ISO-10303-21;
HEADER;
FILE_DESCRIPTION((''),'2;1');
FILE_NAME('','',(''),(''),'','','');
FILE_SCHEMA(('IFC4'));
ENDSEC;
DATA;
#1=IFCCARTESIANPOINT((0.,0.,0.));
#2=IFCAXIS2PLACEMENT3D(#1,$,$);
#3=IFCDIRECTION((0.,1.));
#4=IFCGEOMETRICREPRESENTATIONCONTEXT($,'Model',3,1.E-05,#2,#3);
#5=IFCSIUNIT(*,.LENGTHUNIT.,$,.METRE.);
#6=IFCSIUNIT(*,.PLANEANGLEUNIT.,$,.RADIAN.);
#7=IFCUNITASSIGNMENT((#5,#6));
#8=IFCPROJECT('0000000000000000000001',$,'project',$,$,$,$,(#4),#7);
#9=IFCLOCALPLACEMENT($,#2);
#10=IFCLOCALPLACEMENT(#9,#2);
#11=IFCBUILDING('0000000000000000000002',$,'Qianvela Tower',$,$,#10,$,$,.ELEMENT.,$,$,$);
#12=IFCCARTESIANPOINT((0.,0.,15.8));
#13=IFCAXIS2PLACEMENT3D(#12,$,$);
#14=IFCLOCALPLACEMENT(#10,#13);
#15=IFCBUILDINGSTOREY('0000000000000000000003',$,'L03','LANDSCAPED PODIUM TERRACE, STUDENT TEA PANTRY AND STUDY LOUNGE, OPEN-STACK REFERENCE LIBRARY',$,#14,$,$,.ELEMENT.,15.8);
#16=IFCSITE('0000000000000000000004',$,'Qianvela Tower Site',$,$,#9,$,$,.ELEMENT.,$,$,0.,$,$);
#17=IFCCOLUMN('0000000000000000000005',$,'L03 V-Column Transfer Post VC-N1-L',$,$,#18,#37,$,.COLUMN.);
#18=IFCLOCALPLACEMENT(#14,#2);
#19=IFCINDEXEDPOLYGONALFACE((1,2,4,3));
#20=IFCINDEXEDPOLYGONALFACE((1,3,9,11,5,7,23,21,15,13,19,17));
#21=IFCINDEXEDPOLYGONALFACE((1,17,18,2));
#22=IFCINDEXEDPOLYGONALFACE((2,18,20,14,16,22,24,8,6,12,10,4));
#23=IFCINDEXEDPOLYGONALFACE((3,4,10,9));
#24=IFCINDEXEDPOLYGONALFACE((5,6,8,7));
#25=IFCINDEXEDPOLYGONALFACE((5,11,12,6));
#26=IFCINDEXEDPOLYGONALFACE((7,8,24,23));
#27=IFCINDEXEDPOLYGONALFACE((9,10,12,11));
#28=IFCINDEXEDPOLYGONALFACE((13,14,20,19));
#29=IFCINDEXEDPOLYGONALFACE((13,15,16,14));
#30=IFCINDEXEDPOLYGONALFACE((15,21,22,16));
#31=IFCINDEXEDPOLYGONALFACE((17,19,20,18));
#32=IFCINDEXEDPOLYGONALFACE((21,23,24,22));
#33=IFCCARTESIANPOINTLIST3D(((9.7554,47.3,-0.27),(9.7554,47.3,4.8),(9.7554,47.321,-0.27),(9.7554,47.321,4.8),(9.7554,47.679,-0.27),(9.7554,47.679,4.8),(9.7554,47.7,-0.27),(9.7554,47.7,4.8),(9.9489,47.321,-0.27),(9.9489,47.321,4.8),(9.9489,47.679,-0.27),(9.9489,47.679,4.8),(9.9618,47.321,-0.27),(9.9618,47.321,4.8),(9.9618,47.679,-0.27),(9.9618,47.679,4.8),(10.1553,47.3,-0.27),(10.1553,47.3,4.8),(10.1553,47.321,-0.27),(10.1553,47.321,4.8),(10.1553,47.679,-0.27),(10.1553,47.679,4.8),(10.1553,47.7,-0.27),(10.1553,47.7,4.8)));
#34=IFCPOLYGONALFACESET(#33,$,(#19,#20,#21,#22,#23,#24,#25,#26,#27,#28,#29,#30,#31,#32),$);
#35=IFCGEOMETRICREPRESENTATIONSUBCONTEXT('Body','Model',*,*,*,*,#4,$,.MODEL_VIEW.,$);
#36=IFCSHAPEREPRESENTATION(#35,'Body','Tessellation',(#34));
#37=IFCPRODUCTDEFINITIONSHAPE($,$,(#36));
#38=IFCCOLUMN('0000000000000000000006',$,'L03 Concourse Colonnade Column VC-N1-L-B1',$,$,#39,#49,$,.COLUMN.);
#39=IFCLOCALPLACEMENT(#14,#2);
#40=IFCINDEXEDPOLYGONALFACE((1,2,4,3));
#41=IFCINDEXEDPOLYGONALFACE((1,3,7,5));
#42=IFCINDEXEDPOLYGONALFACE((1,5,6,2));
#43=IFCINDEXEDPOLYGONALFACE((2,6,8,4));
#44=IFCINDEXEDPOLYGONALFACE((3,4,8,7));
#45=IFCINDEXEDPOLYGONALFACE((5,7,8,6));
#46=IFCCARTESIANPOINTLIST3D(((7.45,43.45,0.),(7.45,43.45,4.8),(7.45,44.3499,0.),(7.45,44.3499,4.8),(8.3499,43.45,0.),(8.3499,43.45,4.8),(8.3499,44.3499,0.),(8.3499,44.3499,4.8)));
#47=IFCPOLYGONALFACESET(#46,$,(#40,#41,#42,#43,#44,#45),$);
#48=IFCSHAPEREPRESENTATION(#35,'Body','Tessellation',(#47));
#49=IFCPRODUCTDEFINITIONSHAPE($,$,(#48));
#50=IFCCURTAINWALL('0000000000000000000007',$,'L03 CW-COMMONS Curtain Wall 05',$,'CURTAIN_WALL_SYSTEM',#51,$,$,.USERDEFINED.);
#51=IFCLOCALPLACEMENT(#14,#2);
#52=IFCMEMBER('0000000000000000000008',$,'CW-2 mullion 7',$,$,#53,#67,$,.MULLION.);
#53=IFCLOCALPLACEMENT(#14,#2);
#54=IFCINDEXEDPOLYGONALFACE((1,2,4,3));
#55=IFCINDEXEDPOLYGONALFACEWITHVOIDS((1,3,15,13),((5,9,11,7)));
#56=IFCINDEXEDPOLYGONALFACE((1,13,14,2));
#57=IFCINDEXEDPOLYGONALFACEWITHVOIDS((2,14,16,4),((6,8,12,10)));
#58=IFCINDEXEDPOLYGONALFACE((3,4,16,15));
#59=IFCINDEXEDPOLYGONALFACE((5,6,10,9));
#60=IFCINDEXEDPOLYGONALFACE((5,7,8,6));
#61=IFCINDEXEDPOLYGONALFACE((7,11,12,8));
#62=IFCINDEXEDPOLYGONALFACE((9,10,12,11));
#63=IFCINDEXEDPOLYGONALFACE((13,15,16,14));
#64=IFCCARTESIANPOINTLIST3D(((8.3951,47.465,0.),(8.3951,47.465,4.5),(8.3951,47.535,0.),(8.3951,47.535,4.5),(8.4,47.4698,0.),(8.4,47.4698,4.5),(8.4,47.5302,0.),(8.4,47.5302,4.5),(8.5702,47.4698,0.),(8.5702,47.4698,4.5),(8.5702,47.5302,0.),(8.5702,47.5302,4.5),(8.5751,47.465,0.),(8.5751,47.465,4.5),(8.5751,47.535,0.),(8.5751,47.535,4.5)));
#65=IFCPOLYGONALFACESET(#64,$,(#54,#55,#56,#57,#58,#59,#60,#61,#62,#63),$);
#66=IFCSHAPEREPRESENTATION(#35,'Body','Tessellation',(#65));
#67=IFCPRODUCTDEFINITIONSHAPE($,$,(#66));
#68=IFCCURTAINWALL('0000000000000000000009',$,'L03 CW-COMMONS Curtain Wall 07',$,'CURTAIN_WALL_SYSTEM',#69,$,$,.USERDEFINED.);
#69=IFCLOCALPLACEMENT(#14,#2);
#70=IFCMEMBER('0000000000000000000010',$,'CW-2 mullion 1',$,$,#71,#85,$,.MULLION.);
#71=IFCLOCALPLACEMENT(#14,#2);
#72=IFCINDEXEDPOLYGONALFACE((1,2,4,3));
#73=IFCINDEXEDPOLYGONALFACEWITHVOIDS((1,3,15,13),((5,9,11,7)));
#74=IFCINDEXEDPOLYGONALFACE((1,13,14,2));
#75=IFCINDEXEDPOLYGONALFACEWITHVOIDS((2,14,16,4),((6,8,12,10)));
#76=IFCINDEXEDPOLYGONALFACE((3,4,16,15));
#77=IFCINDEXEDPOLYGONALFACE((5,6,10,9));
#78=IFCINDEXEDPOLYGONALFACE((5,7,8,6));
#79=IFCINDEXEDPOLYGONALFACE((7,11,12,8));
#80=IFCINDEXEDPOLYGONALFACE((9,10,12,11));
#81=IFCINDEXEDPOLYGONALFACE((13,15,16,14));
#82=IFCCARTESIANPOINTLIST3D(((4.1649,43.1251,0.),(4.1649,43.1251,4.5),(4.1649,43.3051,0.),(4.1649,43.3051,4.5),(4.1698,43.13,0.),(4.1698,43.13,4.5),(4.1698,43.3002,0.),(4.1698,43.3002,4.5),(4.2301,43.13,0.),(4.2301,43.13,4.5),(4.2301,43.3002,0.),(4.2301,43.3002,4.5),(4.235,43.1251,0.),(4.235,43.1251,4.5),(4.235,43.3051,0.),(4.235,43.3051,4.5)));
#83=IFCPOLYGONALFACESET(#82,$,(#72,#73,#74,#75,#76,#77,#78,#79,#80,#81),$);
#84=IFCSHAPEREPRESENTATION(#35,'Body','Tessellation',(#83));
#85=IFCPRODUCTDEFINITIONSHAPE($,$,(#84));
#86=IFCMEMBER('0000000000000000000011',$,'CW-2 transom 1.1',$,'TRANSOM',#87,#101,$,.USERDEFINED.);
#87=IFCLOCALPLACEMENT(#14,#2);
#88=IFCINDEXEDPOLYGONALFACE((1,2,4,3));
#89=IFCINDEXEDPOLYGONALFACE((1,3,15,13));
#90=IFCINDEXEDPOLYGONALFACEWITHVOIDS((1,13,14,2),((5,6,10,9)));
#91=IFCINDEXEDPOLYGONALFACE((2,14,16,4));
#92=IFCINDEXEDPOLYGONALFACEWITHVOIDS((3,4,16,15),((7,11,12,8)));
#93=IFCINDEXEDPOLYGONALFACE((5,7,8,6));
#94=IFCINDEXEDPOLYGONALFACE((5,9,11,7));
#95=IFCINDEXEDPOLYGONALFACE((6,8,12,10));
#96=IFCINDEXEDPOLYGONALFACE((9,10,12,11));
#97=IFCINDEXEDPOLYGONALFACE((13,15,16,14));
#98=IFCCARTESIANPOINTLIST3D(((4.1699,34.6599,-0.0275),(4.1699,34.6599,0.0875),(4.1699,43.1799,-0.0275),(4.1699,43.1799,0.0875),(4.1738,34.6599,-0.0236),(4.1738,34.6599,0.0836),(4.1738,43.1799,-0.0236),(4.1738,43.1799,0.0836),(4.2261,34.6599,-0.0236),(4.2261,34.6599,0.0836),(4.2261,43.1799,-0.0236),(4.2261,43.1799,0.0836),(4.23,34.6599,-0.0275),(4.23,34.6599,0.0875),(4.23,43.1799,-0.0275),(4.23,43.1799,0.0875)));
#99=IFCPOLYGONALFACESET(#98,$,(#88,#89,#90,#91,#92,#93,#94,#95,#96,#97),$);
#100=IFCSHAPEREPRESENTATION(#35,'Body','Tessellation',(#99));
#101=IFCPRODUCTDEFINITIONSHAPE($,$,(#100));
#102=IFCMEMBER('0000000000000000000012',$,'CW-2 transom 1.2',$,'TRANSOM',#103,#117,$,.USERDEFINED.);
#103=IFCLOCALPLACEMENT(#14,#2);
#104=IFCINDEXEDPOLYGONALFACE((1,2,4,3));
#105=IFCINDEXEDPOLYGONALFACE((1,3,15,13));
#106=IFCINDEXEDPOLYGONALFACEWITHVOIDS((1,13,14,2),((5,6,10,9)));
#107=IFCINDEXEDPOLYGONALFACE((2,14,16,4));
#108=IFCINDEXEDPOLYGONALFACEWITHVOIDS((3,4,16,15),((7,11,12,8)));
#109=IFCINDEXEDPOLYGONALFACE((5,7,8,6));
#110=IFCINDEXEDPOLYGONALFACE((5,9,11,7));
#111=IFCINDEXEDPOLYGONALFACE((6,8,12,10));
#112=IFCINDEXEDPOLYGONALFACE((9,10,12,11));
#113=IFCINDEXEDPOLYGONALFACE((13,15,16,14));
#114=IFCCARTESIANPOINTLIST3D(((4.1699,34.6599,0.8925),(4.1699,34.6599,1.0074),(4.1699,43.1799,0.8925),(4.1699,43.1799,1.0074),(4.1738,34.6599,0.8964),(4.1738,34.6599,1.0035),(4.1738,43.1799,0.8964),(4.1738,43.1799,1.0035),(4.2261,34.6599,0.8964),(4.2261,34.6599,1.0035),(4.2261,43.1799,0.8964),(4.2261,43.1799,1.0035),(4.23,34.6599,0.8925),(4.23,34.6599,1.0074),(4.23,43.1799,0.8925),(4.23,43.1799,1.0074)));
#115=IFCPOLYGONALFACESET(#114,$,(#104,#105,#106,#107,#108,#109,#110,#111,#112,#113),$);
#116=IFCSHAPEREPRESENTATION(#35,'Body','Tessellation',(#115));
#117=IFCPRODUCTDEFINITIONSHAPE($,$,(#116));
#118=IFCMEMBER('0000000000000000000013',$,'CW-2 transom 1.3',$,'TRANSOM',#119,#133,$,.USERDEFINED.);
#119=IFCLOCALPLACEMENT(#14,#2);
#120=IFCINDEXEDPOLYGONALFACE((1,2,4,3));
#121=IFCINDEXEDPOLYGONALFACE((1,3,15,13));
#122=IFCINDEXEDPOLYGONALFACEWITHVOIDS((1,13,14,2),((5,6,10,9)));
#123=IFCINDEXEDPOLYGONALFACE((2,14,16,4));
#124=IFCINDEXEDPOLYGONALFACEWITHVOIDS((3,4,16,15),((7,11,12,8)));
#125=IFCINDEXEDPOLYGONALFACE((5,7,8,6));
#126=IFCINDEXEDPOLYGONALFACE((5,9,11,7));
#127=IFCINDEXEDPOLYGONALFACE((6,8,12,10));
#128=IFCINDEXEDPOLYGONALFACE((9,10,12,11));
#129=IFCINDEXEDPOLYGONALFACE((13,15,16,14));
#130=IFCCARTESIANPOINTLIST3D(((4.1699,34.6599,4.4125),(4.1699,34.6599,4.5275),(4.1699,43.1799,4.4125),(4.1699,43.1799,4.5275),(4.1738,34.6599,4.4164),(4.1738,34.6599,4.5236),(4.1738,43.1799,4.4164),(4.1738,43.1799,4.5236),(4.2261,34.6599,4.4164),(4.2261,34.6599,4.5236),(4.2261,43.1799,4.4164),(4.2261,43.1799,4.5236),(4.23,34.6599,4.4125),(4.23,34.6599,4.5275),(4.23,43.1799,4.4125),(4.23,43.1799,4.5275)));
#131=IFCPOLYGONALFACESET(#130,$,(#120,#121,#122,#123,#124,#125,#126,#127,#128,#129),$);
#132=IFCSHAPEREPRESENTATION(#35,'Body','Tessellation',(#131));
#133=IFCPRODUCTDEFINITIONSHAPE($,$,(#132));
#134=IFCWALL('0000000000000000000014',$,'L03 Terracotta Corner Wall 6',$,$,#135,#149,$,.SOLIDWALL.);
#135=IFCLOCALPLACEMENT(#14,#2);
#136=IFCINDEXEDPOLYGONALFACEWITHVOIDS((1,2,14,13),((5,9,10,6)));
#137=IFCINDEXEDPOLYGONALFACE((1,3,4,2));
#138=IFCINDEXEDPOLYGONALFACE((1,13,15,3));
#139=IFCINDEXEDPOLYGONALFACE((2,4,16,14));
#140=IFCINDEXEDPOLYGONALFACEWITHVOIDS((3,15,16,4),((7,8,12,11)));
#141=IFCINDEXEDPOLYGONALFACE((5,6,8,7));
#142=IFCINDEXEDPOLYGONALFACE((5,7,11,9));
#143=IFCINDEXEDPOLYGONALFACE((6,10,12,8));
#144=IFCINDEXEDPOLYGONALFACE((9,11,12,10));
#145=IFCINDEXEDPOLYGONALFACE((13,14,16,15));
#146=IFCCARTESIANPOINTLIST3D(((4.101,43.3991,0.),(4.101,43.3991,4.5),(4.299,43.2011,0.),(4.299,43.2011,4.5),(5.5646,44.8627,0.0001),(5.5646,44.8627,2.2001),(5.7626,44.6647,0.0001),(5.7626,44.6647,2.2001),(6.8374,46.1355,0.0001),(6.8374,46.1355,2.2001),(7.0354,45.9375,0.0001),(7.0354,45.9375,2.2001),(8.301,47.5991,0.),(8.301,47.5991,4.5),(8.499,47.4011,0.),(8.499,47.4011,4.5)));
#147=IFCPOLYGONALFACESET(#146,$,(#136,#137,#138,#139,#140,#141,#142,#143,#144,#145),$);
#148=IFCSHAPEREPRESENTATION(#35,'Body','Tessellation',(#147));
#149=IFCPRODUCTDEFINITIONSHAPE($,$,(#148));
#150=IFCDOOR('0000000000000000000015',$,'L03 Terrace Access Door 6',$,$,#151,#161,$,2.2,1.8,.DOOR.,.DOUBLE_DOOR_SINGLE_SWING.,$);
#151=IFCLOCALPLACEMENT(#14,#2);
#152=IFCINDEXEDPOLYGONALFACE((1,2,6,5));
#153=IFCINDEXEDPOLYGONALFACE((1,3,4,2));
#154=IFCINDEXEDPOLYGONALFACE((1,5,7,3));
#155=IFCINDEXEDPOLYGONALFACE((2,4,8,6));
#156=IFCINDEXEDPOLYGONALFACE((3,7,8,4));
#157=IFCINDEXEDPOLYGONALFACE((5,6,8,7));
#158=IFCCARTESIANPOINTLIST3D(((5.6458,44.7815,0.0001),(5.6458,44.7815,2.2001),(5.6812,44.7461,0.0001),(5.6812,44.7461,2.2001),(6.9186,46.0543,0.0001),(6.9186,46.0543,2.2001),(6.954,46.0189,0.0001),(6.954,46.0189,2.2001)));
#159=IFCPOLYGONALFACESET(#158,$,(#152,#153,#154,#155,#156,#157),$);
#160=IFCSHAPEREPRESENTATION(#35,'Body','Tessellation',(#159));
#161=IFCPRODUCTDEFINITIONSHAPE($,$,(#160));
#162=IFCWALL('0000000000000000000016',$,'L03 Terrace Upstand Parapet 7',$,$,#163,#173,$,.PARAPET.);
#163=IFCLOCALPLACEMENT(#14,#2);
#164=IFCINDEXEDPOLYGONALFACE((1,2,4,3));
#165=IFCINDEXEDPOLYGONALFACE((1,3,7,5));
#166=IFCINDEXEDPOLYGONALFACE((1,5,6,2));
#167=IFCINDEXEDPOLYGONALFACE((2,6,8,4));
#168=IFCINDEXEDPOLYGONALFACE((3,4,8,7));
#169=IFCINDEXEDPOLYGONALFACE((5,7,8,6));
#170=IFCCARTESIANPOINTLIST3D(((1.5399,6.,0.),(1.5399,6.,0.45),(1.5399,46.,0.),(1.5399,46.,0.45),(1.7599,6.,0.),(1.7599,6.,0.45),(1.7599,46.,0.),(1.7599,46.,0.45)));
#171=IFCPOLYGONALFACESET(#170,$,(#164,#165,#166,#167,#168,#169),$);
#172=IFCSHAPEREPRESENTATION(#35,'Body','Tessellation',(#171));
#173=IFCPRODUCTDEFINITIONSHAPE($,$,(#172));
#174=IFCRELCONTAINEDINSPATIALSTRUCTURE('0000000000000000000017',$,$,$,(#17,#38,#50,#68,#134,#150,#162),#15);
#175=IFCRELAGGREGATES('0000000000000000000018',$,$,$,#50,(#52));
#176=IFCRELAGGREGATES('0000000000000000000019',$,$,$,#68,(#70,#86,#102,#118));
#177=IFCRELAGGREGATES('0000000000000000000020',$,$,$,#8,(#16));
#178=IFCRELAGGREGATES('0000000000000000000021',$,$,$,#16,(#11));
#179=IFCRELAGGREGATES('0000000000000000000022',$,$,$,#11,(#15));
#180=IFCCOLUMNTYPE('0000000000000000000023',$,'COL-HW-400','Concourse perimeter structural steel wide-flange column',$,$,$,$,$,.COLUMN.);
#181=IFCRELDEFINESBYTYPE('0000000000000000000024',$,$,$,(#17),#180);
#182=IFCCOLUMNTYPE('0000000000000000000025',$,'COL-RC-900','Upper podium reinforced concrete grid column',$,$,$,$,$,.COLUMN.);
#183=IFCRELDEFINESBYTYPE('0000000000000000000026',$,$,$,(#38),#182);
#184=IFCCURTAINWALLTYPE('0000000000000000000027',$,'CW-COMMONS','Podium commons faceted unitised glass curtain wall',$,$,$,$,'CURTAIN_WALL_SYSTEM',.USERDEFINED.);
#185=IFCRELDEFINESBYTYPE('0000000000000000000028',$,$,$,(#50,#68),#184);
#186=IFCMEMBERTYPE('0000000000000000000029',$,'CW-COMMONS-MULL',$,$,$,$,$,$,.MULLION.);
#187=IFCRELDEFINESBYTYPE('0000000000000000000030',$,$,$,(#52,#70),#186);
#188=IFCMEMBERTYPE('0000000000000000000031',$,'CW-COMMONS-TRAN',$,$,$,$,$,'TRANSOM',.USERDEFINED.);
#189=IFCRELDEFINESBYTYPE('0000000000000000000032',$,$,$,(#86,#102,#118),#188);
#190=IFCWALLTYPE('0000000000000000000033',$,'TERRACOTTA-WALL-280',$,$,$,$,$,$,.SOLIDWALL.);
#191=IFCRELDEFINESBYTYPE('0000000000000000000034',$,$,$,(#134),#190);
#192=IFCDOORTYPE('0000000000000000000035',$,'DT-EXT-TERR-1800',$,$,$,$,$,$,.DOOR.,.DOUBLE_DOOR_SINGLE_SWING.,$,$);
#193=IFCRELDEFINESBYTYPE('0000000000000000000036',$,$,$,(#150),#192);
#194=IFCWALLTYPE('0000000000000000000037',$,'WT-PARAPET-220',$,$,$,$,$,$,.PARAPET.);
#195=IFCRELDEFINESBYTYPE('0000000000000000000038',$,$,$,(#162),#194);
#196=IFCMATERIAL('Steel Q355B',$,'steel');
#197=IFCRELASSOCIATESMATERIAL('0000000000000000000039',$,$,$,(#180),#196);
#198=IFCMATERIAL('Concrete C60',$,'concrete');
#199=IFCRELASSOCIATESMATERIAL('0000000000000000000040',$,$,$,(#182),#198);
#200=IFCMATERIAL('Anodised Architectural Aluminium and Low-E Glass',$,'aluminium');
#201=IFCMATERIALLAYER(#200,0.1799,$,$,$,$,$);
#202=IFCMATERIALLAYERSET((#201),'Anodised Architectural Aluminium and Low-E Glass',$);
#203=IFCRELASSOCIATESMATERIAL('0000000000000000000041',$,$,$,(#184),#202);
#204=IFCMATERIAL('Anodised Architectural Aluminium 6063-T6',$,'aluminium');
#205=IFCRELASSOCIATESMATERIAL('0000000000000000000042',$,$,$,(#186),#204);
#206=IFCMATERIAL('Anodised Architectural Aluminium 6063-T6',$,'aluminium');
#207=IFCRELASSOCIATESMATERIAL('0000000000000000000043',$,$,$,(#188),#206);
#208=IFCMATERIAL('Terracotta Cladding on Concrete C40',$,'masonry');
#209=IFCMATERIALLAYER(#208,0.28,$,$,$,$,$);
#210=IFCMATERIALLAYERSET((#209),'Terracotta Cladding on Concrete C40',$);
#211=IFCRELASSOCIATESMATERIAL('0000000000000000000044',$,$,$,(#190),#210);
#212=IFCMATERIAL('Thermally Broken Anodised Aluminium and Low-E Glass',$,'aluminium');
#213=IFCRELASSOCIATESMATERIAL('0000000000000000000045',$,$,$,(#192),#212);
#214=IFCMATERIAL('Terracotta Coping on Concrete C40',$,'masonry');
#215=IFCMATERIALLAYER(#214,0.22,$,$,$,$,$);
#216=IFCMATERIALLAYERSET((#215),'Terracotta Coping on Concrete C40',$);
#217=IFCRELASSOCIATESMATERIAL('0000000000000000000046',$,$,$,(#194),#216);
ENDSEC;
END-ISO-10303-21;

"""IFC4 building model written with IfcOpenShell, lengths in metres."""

from ifc_helpers import new_model, si_unit, direction, frame, frame_2d, origin, origin_2d, place, context, subcontext, project, spatial, rectangle, hollow_rectangle, i_section, extrude, material, layer, layer_set, material_profile, profile_set, type_object, element, fill, aggregate, save


model = new_model("IFC4")

# Units and contexts
model_context = context("Model", 3, precision=1e-05, world=origin(), true_north=direction((0.0, 1.0)))
body_context = subcontext(model_context, "Body", "Model", "MODEL_VIEW")
ifc_project = project(units=[si_unit("LENGTHUNIT", "METRE"), si_unit("PLANEANGLEUNIT", "RADIAN")], contexts=[model_context])

# Site, building, storey
site_placement = place(None, origin())
site = spatial("IfcSite", under=ifc_project, at=site_placement, Name="Qianvela Tower Site", CompositionType="ELEMENT", RefElevation=0.0)
building_placement = place(site_placement, origin())
building = spatial("IfcBuilding", under=site, at=building_placement, Name="Qianvela Tower", CompositionType="ELEMENT")
storey_placement = place(building_placement, frame((0.0, 0.0, 15.8)))
storey = spatial("IfcBuildingStorey", under=building, at=storey_placement, Name="L03", Description="LANDSCAPED PODIUM TERRACE, STUDENT TEA PANTRY AND STUDY LOUNGE, OPEN-STACK REFERENCE LIBRARY", CompositionType="ELEMENT", Elevation=15.8)

# Columns
ifc_material_1 = material(Name="Steel Q355B", Category="steel")
ifc_material_profile_1 = material_profile(ifc_material_1, i_section(OverallWidth=0.3999, OverallDepth=0.3999, WebThickness=0.0129, FlangeThickness=0.021, at=origin_2d()), Name="HW400x400x13x21")
ifc_profile_set_1 = profile_set([ifc_material_profile_1], Name="Steel Q355B")
column_type_1 = type_object("IfcColumnType", Name="COL-HW-400", Description="Concourse perimeter structural steel wide-flange column", PredefinedType="COLUMN", material=ifc_profile_set_1)
column_1_placement = place(storey_placement, frame((9.9553, 47.5, -0.27), z_axis=(0.0, 0.0, 1.0), x_axis=(1.0, 0.0, 0.0)))
element("IfcColumn", 1, at=column_1_placement, inside=storey, type_object=column_type_1, Name="L03 V-Column Transfer Post VC-N1-L", PredefinedType="COLUMN", context=body_context, shape_type="SweptSolid", body=[
    extrude(i_section(OverallWidth=0.3999, OverallDepth=0.3999, WebThickness=0.0129, FlangeThickness=0.021, at=origin_2d()), origin(), (0.0, 0.0, 1.0), 5.0701),
])
ifc_material_2 = material(Name="Concrete C60", Category="concrete")
ifc_material_profile_2 = material_profile(ifc_material_2, rectangle(XDim=0.8999, YDim=0.8999, at=origin_2d()), Name="RC-COL-900x900")
ifc_profile_set_2 = profile_set([ifc_material_profile_2], Name="Concrete C60")
column_type_2 = type_object("IfcColumnType", Name="COL-RC-900", Description="Upper podium reinforced concrete grid column", PredefinedType="COLUMN", material=ifc_profile_set_2)
column_2_placement = place(storey_placement, frame((7.8999, 43.8999, 0.0), z_axis=(0.0, 0.0, 1.0), x_axis=(1.0, 0.0, 0.0)))
element("IfcColumn", 2, at=column_2_placement, inside=storey, type_object=column_type_2, Name="L03 Concourse Colonnade Column VC-N1-L-B1", PredefinedType="COLUMN", context=body_context, shape_type="SweptSolid", body=[
    extrude(rectangle(XDim=0.8999, YDim=0.8999, at=origin_2d()), origin(), (0.0, 0.0, 1.0), 4.8),
])

# Curtain wall, member
ifc_material_3 = material(Name="Anodised Architectural Aluminium and Low-E Glass", Category="aluminium")
ifc_layer_1 = layer(ifc_material_3, 0.1799)
ifc_layer_set_1 = layer_set([ifc_layer_1], Name="Anodised Architectural Aluminium and Low-E Glass")
curtain_wall_type = type_object("IfcCurtainWallType", Name="CW-COMMONS", Description="Podium commons faceted unitised glass curtain wall", ElementType="CURTAIN_WALL_SYSTEM", PredefinedType="USERDEFINED", material=ifc_layer_set_1)
curtain_wall_1_placement = place(storey_placement, origin())
curtain_wall_1 = element("IfcCurtainWall", 3, at=curtain_wall_1_placement, inside=storey, type_object=curtain_wall_type, Name="L03 CW-COMMONS Curtain Wall 05", ObjectType="CURTAIN_WALL_SYSTEM", PredefinedType="USERDEFINED")
ifc_material_4 = material(Name="Anodised Architectural Aluminium 6063-T6", Category="aluminium")
ifc_material_profile_3 = material_profile(ifc_material_4, hollow_rectangle(XDim=0.0701, YDim=0.1799, WallThickness=0.0049, at=origin_2d()), Name="ALU-MULL-70x180")
ifc_profile_set_3 = profile_set([ifc_material_profile_3], Name="Anodised Architectural Aluminium 6063-T6")
member_type_1 = type_object("IfcMemberType", Name="CW-COMMONS-MULL", PredefinedType="MULLION", material=ifc_profile_set_3)
member_1_placement = place(storey_placement, frame((8.4851, 47.5, 0.0), z_axis=(0.0, 0.0, 1.0), x_axis=(0.0, -1.0, 0.0)))
member_1 = element("IfcMember", 4, at=member_1_placement, type_object=member_type_1, Name="CW-2 mullion 7", PredefinedType="MULLION", context=body_context, shape_type="SweptSolid", body=[
    extrude(hollow_rectangle(XDim=0.0701, YDim=0.1799, WallThickness=0.0049, at=origin_2d()), origin(), (0.0, 0.0, 1.0), 4.5),
])
aggregate(curtain_wall_1, [member_1])

# Curtain wall, members
curtain_wall_2_placement = place(storey_placement, origin())
curtain_wall_2 = element("IfcCurtainWall", 5, at=curtain_wall_2_placement, inside=storey, type_object=curtain_wall_type, Name="L03 CW-COMMONS Curtain Wall 07", ObjectType="CURTAIN_WALL_SYSTEM", PredefinedType="USERDEFINED")
member_2_placement = place(storey_placement, frame((4.2, 43.2151, 0.0), z_axis=(0.0, 0.0, 1.0), x_axis=(1.0, 0.0, 0.0)))
member_2 = element("IfcMember", 6, at=member_2_placement, type_object=member_type_1, Name="CW-2 mullion 1", PredefinedType="MULLION", context=body_context, shape_type="SweptSolid", body=[
    extrude(hollow_rectangle(XDim=0.0701, YDim=0.1799, WallThickness=0.0049, at=origin_2d()), origin(), (0.0, 0.0, 1.0), 4.5),
])
ifc_material_5 = material(Name="Anodised Architectural Aluminium 6063-T6", Category="aluminium")
ifc_material_profile_4 = material_profile(ifc_material_5, hollow_rectangle(XDim=0.0601, YDim=0.115, WallThickness=0.0039, at=origin_2d()), Name="ALU-TRAN-60x115")
ifc_profile_set_4 = profile_set([ifc_material_profile_4], Name="Anodised Architectural Aluminium 6063-T6")
member_type_2 = type_object("IfcMemberType", Name="CW-COMMONS-TRAN", ElementType="TRANSOM", PredefinedType="USERDEFINED", material=ifc_profile_set_4)
member_3_placement = place(storey_placement, frame((4.2, 43.1799, 0.03), z_axis=(0.0, -1.0, 0.0), x_axis=(1.0, 0.0, 0.0)))
member_3 = element("IfcMember", 7, at=member_3_placement, type_object=member_type_2, Name="CW-2 transom 1.1", ObjectType="TRANSOM", PredefinedType="USERDEFINED", context=body_context, shape_type="SweptSolid", body=[
    extrude(hollow_rectangle(XDim=0.0601, YDim=0.115, WallThickness=0.0039, at=origin_2d()), origin(), (0.0, 0.0, 1.0), 8.52),
])
member_4_placement = place(storey_placement, frame((4.2, 43.1799, 0.95), z_axis=(0.0, -1.0, 0.0), x_axis=(1.0, 0.0, 0.0)))
member_4 = element("IfcMember", 8, at=member_4_placement, type_object=member_type_2, Name="CW-2 transom 1.2", ObjectType="TRANSOM", PredefinedType="USERDEFINED", context=body_context, shape_type="SweptSolid", body=[
    extrude(hollow_rectangle(XDim=0.0601, YDim=0.115, WallThickness=0.0039, at=origin_2d()), origin(), (0.0, 0.0, 1.0), 8.52),
])
member_5_placement = place(storey_placement, frame((4.2, 43.1799, 4.47), z_axis=(0.0, -1.0, 0.0), x_axis=(1.0, 0.0, 0.0)))
member_5 = element("IfcMember", 9, at=member_5_placement, type_object=member_type_2, Name="CW-2 transom 1.3", ObjectType="TRANSOM", PredefinedType="USERDEFINED", context=body_context, shape_type="SweptSolid", body=[
    extrude(hollow_rectangle(XDim=0.0601, YDim=0.115, WallThickness=0.0039, at=origin_2d()), origin(), (0.0, 0.0, 1.0), 8.52),
])
aggregate(curtain_wall_2, [member_2, member_3, member_4, member_5])

# Wall, opening, door
ifc_material_6 = material(Name="Terracotta Cladding on Concrete C40", Category="masonry")
ifc_layer_2 = layer(ifc_material_6, 0.28)
ifc_layer_set_2 = layer_set([ifc_layer_2], Name="Terracotta Cladding on Concrete C40")
wall_type_1 = type_object("IfcWallType", Name="TERRACOTTA-WALL-280", PredefinedType="SOLIDWALL", material=ifc_layer_set_2)
wall_1_placement = place(storey_placement, frame((8.3999, 47.5, 0.0), z_axis=(0.0, 0.0, 1.0), x_axis=(-0.707107, -0.707107, 0.0)))
wall_1 = element("IfcWall", 10, at=wall_1_placement, inside=storey, type_object=wall_type_1, Name="L03 Terracotta Corner Wall 6", PredefinedType="SOLIDWALL", context=body_context, shape_type="SweptSolid", body=[
    extrude(rectangle(XDim=5.9397, YDim=0.28, at=frame_2d((2.9697, 0.0))), origin(), (0.0, 0.0, 1.0), 4.5),
])
opening_1_placement = place(wall_1_placement, frame((2.0698, 0.0, 0.0)))
opening_1 = element("IfcOpeningElement", 11, at=opening_1_placement, cuts=wall_1, PredefinedType="OPENING", context=body_context, shape_type="SweptSolid", body=[
    extrude(rectangle(XDim=1.8, YDim=2.2, at=frame_2d((0.8999, 1.1001))), frame((0.0, 0.1499, 0.0), z_axis=(0.0, -1.0, 0.0), x_axis=(1.0, 0.0, 0.0)), (0.0, 0.0, 1.0), 0.3),
])
ifc_material_7 = material(Name="Thermally Broken Anodised Aluminium and Low-E Glass", Category="aluminium")
door_type_1 = type_object("IfcDoorType", Name="DT-EXT-TERR-1800", OperationType="DOUBLE_DOOR_SINGLE_SWING", PredefinedType="DOOR", material=ifc_material_7)
door_1_placement = place(opening_1_placement, origin())
door_1 = element("IfcDoor", 12, at=door_1_placement, inside=storey, type_object=door_type_1, Name="L03 Terrace Access Door 6", OperationType="DOUBLE_DOOR_SINGLE_SWING", OverallHeight=2.2, OverallWidth=1.8, PredefinedType="DOOR", context=body_context, shape_type="SweptSolid", body=[
    extrude(rectangle(XDim=1.8, YDim=2.2, at=frame_2d((0.8999, 1.1001))), frame((0.0, 0.0249, 0.0), z_axis=(0.0, -1.0, 0.0), x_axis=(1.0, 0.0, 0.0)), (0.0, 0.0, 1.0), 0.05),
])
fill(opening_1, door_1)

# Wall
ifc_material_8 = material(Name="Terracotta Coping on Concrete C40", Category="masonry")
ifc_layer_3 = layer(ifc_material_8, 0.22)
ifc_layer_set_3 = layer_set([ifc_layer_3], Name="Terracotta Coping on Concrete C40")
wall_type_2 = type_object("IfcWallType", Name="WT-PARAPET-220", PredefinedType="PARAPET", material=ifc_layer_set_3)
wall_2_placement = place(storey_placement, frame((1.6499, 46.0, 0.0), z_axis=(0.0, 0.0, 1.0), x_axis=(0.0, -1.0, 0.0)))
element("IfcWall", 13, at=wall_2_placement, inside=storey, type_object=wall_type_2, Name="L03 Terrace Upstand Parapet 7", PredefinedType="PARAPET", context=body_context, shape_type="SweptSolid", body=[
    extrude(rectangle(XDim=40.0, YDim=0.22, at=frame_2d((20.0, 0.0))), origin(), (0.0, 0.0, 1.0), 0.45),
])

save(model, "model.ifc")
